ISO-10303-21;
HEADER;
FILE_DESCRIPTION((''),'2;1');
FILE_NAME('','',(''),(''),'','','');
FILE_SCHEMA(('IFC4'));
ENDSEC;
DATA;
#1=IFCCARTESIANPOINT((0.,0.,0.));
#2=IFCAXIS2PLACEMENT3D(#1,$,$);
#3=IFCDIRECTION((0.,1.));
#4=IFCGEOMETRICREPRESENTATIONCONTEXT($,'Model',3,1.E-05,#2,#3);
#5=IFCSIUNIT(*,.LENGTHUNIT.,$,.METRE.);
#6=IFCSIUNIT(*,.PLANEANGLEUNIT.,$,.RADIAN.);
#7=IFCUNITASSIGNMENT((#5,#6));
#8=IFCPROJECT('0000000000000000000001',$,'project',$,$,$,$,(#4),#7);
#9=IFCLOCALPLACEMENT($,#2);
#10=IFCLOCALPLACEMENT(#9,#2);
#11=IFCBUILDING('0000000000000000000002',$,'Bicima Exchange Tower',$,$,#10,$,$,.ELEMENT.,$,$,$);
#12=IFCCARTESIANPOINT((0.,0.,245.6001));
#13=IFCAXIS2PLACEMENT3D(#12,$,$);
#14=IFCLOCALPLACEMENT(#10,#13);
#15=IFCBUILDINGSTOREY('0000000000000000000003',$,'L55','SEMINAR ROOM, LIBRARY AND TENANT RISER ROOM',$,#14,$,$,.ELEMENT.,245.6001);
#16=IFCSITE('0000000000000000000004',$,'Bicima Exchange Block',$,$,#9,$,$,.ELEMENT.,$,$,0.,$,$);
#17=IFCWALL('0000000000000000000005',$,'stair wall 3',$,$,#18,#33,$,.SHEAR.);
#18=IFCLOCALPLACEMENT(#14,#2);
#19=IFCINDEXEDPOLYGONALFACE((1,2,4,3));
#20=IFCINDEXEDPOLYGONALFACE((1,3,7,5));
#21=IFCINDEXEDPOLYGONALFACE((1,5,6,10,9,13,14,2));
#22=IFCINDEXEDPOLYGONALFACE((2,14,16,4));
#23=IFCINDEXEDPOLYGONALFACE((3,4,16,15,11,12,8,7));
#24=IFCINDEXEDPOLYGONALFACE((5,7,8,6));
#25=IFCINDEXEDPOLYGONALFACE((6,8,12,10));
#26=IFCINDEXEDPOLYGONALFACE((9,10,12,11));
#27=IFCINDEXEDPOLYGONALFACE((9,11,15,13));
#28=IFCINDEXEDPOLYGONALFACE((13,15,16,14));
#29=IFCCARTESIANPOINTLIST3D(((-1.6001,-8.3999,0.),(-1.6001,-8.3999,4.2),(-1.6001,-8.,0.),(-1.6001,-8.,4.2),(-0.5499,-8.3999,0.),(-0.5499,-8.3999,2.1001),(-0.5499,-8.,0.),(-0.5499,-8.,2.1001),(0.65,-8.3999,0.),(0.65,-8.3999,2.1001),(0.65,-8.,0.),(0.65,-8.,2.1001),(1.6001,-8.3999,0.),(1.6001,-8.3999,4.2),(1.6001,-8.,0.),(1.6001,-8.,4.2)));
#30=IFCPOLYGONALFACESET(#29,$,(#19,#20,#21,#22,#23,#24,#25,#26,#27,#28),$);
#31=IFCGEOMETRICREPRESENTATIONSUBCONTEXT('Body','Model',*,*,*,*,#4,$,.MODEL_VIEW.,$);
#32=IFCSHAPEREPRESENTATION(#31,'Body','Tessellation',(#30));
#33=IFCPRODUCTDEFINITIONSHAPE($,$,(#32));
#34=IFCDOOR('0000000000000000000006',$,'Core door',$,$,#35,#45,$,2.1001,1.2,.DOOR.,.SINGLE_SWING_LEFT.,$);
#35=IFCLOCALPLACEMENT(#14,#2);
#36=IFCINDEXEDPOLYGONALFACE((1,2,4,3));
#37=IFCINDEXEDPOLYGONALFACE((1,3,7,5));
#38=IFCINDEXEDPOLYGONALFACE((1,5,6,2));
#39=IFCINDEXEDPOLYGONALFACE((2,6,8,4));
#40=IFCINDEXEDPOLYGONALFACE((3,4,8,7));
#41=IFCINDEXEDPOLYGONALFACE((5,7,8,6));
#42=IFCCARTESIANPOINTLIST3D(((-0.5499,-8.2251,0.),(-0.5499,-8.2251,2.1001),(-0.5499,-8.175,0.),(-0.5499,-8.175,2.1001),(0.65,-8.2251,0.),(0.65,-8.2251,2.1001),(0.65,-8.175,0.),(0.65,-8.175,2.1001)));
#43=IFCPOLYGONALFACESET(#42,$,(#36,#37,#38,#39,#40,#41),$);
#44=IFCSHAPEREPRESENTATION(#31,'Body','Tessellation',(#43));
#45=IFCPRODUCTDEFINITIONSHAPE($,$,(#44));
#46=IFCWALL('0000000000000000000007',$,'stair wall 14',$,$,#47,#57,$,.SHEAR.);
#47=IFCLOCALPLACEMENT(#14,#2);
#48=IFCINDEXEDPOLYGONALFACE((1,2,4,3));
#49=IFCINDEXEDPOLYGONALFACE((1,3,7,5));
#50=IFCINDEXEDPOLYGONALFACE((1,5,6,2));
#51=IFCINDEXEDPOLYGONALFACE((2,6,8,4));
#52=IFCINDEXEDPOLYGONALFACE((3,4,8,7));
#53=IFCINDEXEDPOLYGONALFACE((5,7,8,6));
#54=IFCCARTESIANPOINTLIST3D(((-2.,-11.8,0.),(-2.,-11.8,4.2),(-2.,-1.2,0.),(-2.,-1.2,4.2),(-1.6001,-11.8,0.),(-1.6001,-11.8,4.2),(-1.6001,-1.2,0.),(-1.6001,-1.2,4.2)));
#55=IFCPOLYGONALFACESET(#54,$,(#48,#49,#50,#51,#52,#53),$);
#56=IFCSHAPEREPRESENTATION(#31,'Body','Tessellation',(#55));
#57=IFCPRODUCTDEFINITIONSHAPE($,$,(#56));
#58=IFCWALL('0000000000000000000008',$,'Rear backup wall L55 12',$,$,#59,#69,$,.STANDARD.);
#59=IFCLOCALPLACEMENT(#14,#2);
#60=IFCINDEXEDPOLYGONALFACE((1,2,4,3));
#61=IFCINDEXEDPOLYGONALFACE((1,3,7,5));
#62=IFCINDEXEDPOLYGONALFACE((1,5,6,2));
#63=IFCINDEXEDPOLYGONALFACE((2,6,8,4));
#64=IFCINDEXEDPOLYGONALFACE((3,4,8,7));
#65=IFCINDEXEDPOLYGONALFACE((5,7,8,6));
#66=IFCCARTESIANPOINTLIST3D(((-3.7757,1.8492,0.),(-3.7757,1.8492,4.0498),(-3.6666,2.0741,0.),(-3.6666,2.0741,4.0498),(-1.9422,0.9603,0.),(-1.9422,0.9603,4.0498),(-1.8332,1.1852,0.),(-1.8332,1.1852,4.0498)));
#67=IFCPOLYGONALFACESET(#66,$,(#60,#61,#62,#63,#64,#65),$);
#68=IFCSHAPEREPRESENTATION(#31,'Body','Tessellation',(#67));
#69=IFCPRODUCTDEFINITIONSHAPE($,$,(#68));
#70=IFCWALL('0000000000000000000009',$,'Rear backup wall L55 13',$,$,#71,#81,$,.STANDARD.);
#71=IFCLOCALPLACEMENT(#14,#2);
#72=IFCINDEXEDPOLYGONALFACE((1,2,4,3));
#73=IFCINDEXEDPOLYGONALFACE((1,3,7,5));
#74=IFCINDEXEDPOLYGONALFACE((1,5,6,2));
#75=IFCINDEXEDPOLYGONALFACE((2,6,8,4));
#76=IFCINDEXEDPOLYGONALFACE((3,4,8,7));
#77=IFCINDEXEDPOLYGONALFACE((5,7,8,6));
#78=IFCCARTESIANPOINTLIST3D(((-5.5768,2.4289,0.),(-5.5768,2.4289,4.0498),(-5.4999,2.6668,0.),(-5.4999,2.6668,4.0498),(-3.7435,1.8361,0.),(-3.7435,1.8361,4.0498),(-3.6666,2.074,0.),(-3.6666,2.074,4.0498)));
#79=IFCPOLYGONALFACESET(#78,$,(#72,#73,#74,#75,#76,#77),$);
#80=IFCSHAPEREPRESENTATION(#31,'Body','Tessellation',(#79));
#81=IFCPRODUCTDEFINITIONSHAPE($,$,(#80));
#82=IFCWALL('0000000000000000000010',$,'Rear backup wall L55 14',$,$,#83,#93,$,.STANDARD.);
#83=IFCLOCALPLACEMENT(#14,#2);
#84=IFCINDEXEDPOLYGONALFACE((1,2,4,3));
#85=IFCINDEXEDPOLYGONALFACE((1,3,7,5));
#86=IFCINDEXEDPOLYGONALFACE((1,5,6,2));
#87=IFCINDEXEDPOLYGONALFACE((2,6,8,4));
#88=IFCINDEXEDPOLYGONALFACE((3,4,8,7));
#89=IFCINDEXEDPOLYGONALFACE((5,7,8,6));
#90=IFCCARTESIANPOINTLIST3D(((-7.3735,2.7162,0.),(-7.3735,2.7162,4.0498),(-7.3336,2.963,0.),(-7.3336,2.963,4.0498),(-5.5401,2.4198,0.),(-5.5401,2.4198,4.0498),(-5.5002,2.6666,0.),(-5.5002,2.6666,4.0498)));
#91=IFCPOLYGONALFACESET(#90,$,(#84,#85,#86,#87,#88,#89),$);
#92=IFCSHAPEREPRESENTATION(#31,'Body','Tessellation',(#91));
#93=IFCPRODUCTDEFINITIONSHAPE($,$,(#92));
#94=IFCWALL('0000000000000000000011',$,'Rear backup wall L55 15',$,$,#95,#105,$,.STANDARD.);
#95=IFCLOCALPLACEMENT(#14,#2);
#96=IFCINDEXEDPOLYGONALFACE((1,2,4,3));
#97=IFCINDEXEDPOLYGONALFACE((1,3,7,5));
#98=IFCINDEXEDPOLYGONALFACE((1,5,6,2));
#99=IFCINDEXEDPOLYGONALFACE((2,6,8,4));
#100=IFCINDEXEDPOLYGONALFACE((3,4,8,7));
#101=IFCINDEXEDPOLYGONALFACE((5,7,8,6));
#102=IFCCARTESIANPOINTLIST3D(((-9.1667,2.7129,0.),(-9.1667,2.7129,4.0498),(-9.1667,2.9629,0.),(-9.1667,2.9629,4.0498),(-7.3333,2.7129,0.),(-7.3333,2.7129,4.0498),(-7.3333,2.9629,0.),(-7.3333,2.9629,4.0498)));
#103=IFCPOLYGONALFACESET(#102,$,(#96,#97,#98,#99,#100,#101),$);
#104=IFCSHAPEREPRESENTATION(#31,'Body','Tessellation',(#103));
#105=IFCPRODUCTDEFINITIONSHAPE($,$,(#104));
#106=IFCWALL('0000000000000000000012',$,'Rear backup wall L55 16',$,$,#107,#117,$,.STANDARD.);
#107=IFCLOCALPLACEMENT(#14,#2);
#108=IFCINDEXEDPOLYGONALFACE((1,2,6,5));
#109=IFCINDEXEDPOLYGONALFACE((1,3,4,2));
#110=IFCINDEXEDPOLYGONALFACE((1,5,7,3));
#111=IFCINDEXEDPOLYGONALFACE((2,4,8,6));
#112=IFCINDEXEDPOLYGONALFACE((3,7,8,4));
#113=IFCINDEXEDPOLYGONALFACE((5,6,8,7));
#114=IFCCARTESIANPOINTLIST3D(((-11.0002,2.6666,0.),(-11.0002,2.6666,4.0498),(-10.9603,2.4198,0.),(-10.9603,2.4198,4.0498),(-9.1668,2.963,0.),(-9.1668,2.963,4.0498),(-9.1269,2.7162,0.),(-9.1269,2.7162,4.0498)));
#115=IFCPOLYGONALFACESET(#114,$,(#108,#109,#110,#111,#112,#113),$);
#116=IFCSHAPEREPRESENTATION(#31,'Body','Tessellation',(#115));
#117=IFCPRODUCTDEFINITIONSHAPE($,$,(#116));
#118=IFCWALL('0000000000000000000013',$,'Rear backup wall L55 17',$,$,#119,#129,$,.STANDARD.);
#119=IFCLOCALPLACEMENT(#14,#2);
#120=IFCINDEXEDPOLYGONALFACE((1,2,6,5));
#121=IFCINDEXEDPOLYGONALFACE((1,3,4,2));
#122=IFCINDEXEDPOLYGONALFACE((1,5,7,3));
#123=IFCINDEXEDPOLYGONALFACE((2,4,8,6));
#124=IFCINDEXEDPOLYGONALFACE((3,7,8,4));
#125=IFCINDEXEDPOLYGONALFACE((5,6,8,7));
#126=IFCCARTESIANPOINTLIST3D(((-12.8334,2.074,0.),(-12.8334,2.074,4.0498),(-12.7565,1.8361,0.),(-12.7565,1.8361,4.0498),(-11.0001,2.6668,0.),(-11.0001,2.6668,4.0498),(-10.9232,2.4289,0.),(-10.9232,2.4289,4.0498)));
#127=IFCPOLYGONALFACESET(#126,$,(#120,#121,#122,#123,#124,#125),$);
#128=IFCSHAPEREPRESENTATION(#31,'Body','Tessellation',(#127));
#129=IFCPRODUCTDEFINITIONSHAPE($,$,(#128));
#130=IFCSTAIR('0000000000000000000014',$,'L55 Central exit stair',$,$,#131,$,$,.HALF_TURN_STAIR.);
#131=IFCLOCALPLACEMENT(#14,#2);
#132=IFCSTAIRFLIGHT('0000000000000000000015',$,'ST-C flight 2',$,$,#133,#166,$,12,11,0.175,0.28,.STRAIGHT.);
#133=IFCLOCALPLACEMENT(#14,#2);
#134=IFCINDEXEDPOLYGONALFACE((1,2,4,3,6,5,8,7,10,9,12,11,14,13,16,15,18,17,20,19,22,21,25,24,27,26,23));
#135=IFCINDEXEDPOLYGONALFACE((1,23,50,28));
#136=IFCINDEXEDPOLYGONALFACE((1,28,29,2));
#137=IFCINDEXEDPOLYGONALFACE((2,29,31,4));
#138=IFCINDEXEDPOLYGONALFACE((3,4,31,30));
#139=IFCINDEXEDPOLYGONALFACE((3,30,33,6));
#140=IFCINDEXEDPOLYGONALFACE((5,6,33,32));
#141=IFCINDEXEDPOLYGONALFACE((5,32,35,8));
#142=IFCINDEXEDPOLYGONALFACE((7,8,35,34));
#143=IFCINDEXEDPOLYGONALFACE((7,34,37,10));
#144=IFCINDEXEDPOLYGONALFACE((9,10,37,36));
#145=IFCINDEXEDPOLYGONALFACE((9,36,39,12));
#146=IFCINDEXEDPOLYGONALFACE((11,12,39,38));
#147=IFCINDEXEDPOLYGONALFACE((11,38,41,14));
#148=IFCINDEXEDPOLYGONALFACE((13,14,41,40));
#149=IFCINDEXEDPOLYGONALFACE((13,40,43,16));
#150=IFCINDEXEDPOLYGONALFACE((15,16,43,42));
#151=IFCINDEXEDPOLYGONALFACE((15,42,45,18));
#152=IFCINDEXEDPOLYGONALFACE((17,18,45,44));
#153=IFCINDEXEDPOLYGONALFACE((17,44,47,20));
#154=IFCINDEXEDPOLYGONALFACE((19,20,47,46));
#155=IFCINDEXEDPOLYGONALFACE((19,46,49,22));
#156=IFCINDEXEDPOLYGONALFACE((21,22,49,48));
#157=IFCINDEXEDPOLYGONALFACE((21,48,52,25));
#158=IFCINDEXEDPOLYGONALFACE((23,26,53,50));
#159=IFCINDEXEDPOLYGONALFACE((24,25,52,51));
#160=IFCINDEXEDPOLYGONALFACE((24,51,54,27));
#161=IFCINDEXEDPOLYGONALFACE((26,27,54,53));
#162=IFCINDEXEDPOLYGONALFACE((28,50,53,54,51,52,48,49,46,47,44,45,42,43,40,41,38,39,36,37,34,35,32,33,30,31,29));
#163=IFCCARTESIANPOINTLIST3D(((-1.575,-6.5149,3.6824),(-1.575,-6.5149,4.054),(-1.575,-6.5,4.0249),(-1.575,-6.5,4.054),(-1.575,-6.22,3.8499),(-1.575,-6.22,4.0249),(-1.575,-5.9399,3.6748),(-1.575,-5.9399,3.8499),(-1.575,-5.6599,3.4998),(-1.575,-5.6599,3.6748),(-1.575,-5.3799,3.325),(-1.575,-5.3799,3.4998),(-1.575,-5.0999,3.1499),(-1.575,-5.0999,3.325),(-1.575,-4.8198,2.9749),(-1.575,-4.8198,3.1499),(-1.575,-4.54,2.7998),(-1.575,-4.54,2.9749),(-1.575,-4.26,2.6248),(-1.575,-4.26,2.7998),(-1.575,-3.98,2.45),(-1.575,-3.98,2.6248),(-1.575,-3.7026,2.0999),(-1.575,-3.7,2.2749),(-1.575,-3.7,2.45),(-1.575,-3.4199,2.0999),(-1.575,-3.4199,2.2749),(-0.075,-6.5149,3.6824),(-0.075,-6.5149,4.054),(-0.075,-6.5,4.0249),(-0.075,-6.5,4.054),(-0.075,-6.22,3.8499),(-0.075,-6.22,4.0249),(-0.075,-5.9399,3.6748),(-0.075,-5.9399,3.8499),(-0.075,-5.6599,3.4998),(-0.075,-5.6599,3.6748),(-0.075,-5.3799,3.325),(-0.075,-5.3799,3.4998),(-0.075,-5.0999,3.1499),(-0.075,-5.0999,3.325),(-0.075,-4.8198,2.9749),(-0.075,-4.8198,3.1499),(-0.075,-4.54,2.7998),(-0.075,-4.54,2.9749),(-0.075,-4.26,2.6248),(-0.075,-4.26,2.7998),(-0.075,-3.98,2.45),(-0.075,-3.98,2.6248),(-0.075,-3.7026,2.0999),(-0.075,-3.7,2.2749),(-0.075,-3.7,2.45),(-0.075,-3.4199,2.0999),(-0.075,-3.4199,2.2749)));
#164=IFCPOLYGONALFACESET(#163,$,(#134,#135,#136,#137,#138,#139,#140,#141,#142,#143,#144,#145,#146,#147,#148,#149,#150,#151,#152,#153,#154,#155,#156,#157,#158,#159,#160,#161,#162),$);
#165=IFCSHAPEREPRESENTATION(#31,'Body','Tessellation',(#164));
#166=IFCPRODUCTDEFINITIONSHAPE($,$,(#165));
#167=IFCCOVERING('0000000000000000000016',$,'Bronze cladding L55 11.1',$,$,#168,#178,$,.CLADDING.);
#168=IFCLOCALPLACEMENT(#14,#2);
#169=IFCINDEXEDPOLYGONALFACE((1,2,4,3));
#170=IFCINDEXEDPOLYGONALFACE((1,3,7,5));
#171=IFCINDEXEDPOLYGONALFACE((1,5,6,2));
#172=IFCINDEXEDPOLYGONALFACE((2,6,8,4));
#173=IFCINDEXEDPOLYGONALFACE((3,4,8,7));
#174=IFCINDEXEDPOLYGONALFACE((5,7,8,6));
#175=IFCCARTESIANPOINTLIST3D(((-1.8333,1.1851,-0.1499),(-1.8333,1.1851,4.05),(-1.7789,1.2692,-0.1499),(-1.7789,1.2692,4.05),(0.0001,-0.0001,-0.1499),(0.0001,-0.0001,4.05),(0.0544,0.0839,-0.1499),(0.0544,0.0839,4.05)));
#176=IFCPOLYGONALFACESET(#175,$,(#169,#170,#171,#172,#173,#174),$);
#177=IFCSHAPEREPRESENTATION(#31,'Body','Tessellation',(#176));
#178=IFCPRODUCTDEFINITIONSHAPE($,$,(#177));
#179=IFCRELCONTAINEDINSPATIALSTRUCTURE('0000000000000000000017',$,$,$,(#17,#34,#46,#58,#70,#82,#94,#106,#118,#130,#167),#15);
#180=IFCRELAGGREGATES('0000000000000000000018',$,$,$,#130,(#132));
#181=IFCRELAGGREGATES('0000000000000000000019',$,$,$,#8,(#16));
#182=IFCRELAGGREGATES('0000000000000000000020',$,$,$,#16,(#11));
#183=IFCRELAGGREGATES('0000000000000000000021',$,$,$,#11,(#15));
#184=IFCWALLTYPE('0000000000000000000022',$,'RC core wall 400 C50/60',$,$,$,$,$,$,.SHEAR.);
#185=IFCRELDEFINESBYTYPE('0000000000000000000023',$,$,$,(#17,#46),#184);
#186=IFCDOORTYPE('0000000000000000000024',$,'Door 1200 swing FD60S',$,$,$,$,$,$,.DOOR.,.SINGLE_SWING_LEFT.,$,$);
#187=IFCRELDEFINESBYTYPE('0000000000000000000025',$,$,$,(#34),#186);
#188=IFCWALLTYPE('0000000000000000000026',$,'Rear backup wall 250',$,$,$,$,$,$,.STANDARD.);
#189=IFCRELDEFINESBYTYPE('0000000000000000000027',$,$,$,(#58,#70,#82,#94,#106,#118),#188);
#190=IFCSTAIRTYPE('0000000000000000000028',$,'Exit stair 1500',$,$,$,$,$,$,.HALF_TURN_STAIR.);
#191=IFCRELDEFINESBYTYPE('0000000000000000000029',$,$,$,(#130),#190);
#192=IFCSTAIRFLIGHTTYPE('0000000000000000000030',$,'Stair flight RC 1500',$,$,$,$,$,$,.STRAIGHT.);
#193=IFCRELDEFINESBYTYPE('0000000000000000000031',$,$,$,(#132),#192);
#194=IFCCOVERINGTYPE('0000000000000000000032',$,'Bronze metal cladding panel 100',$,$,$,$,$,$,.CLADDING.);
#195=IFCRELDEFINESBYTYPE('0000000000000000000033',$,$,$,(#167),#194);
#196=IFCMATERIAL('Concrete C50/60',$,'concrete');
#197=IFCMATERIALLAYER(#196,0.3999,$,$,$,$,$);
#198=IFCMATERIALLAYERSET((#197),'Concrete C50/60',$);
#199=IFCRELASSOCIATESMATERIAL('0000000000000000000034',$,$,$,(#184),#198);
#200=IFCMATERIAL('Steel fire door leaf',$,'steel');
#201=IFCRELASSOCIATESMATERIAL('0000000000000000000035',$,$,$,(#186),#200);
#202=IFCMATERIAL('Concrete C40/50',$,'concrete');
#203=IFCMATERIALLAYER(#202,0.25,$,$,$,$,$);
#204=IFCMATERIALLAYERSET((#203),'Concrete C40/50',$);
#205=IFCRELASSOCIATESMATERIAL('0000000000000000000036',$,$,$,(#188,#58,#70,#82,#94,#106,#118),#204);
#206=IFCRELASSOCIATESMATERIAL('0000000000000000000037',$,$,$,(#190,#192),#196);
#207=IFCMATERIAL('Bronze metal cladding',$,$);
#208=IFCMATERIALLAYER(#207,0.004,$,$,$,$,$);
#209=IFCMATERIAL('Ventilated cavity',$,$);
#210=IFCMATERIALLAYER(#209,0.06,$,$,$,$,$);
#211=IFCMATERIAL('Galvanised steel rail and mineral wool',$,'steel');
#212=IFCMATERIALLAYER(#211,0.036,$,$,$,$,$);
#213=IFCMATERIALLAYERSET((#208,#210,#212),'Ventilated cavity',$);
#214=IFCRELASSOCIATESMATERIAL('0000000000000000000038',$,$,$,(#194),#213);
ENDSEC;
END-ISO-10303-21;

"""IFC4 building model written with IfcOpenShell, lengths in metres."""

from ifc_helpers import new_model, si_unit, direction, frame, frame_2d, origin, origin_2d, place, context, subcontext, project, spatial, polyline, rectangle, outline, extrude, material, layer, layer_set, layer_usage, type_object, element, fill, aggregate, save


model = new_model("IFC4")

# Units and contexts
model_context = context("Model", 3, precision=1e-05, world=origin(), true_north=direction((0.0, 1.0)))
body_context = subcontext(model_context, "Body", "Model", "MODEL_VIEW")
ifc_project = project(units=[si_unit("LENGTHUNIT", "METRE"), si_unit("PLANEANGLEUNIT", "RADIAN")], contexts=[model_context])

# Site, building, storey
site_placement = place(None, origin())
site = spatial("IfcSite", under=ifc_project, at=site_placement, Name="Bicima Exchange Block", CompositionType="ELEMENT", RefElevation=0.0)
building_placement = place(site_placement, origin())
building = spatial("IfcBuilding", under=site, at=building_placement, Name="Bicima Exchange Tower", CompositionType="ELEMENT")
storey_placement = place(building_placement, frame((0.0, 0.0, 245.6001)))
storey = spatial("IfcBuildingStorey", under=building, at=storey_placement, Name="L55", Description="SEMINAR ROOM, LIBRARY AND TENANT RISER ROOM", CompositionType="ELEMENT", Elevation=245.6001)

# Wall, opening, door
ifc_material_1 = material(Name="Concrete C40/50", Category="concrete")
ifc_material_2 = material(Name="Steel fire door leaf", Category="steel")
ifc_material_3 = material(Name="Concrete C50/60", Category="concrete")
ifc_layer_1 = layer(ifc_material_3, 0.3999)
ifc_layer_set_1 = layer_set([ifc_layer_1], Name="Concrete C50/60")
wall_type_1 = type_object("IfcWallType", Name="RC core wall 400 C50/60", PredefinedType="SHEAR", material=ifc_layer_set_1)
wall_1_placement = place(storey_placement, frame((-1.6001, -8.2, 0.0), z_axis=(0.0, 0.0, 1.0), x_axis=(1.0, 0.0, 0.0)))
wall_1 = element("IfcWall", 1, at=wall_1_placement, inside=storey, type_object=wall_type_1, Name="stair wall 3", PredefinedType="SHEAR", context=body_context, shape_type="SweptSolid", body=[
    extrude(rectangle(XDim=3.2002, YDim=0.3999, at=frame_2d((1.6001, 0.0))), origin(), (0.0, 0.0, 1.0), 4.2),
])
opening_1_placement = place(wall_1_placement, frame((1.05, 0.0, 0.0)))
opening_1 = element("IfcOpeningElement", 2, at=opening_1_placement, cuts=wall_1, PredefinedType="OPENING", context=body_context, shape_type="SweptSolid", body=[
    extrude(rectangle(XDim=1.2, YDim=2.1001, at=frame_2d((0.6001, 1.05))), frame((0.0, 0.2119, 0.0), z_axis=(0.0, -1.0, 0.0), x_axis=(1.0, 0.0, 0.0)), (0.0, 0.0, 1.0), 0.4238),
])
door_type_1 = type_object("IfcDoorType", Name="Door 1200 swing FD60S", OperationType="SINGLE_SWING_LEFT", PredefinedType="DOOR", material=ifc_material_2)
door_1_placement = place(opening_1_placement, origin())
door_1 = element("IfcDoor", 3, at=door_1_placement, inside=storey, type_object=door_type_1, Name="Core door", OperationType="SINGLE_SWING_LEFT", OverallHeight=2.1001, OverallWidth=1.2, PredefinedType="DOOR", context=body_context, shape_type="SweptSolid", body=[
    extrude(rectangle(XDim=1.2, YDim=2.1001, at=frame_2d((0.6001, 1.05))), frame((0.0, 0.0249, 0.0), z_axis=(0.0, -1.0, 0.0), x_axis=(1.0, 0.0, 0.0)), (0.0, 0.0, 1.0), 0.05),
])
fill(opening_1, door_1)

# Walls
wall_2_placement = place(storey_placement, frame((-1.8, -11.8, 0.0), z_axis=(0.0, 0.0, 1.0), x_axis=(0.0, 1.0, 0.0)))
element("IfcWall", 4, at=wall_2_placement, inside=storey, type_object=wall_type_1, Name="stair wall 14", PredefinedType="SHEAR", context=body_context, shape_type="SweptSolid", body=[
    extrude(rectangle(XDim=10.6001, YDim=0.3999, at=frame_2d((5.3, 0.0))), origin(), (0.0, 0.0, 1.0), 4.2),
])
ifc_layer_2 = layer(ifc_material_1, 0.25)
ifc_layer_set_2 = layer_set([ifc_layer_2], Name="Concrete C40/50")
ifc_layer_usage = layer_usage(ifc_layer_set_2, "AXIS2", "POSITIVE", -0.125)
wall_type_2 = type_object("IfcWallType", Name="Rear backup wall 250", PredefinedType="STANDARD", material=ifc_layer_set_2)
wall_3_placement = place(storey_placement, frame((-1.8877, 1.0728, 0.0), z_axis=(0.0, 0.0, 1.0), x_axis=(-0.899824, 0.436253, 0.0)))
element("IfcWall", 5, at=wall_3_placement, inside=storey, type_object=wall_type_2, material=ifc_layer_usage, Name="Rear backup wall L55 12", PredefinedType="STANDARD", context=body_context, shape_type="SweptSolid", body=[
    extrude(rectangle(XDim=2.0376, YDim=0.25, at=frame_2d((1.0188, 0.0))), origin(), (0.0, 0.0, 1.0), 4.0498),
])
wall_4_placement = place(storey_placement, frame((-3.7051, 1.9551, 0.0), z_axis=(0.0, 0.0, 1.0), x_axis=(-0.951496, 0.307662, 0.0)))
element("IfcWall", 6, at=wall_4_placement, inside=storey, type_object=wall_type_2, material=ifc_layer_usage, Name="Rear backup wall L55 13", PredefinedType="STANDARD", context=body_context, shape_type="SweptSolid", body=[
    extrude(rectangle(XDim=1.9268, YDim=0.25, at=frame_2d((0.9634, 0.0))), origin(), (0.0, 0.0, 1.0), 4.0498),
])
wall_5_placement = place(storey_placement, frame((-5.52, 2.5432, 0.0), z_axis=(0.0, 0.0, 1.0), x_axis=(-0.987182, 0.1596, 0.0)))
element("IfcWall", 7, at=wall_5_placement, inside=storey, type_object=wall_type_2, material=ifc_layer_usage, Name="Rear backup wall L55 14", PredefinedType="STANDARD", context=body_context, shape_type="SweptSolid", body=[
    extrude(rectangle(XDim=1.8572, YDim=0.25, at=frame_2d((0.9287, 0.0))), origin(), (0.0, 0.0, 1.0), 4.0498),
])
wall_6_placement = place(storey_placement, frame((-7.3333, 2.8379, 0.0), z_axis=(0.0, 0.0, 1.0), x_axis=(-1.0, 0.0, 0.0)))
element("IfcWall", 8, at=wall_6_placement, inside=storey, type_object=wall_type_2, material=ifc_layer_usage, Name="Rear backup wall L55 15", PredefinedType="STANDARD", context=body_context, shape_type="SweptSolid", body=[
    extrude(rectangle(XDim=1.8335, YDim=0.25, at=frame_2d((0.9167, 0.0))), origin(), (0.0, 0.0, 1.0), 4.0498),
])
wall_7_placement = place(storey_placement, frame((-9.1467, 2.8396, 0.0), z_axis=(0.0, 0.0, 1.0), x_axis=(-0.987182, -0.1596, 0.0)))
element("IfcWall", 9, at=wall_7_placement, inside=storey, type_object=wall_type_2, material=ifc_layer_usage, Name="Rear backup wall L55 16", PredefinedType="STANDARD", context=body_context, shape_type="SweptSolid", body=[
    extrude(rectangle(XDim=1.8572, YDim=0.25, at=frame_2d((0.9287, 0.0))), origin(), (0.0, 0.0, 1.0), 4.0498),
])
wall_8_placement = place(storey_placement, frame((-10.9617, 2.5479, 0.0), z_axis=(0.0, 0.0, 1.0), x_axis=(-0.951496, -0.307662, 0.0)))
element("IfcWall", 10, at=wall_8_placement, inside=storey, type_object=wall_type_2, material=ifc_layer_usage, Name="Rear backup wall L55 17", PredefinedType="STANDARD", context=body_context, shape_type="SweptSolid", body=[
    extrude(rectangle(XDim=1.9268, YDim=0.25, at=frame_2d((0.9634, 0.0))), origin(), (0.0, 0.0, 1.0), 4.0498),
])

# Stair, stair flight
stair_type = type_object("IfcStairType", Name="Exit stair 1500", PredefinedType="HALF_TURN_STAIR", material=ifc_material_3)
stair_placement = place(storey_placement, origin())
stair = element("IfcStair", 11, at=stair_placement, inside=storey, type_object=stair_type, Name="L55 Central exit stair", PredefinedType="HALF_TURN_STAIR")
stair_flight_type = type_object("IfcStairFlightType", Name="Stair flight RC 1500", PredefinedType="STRAIGHT", material=ifc_material_3)
stair_flight_placement = place(storey_placement, frame((-0.825, -3.4199, 2.0999), z_axis=(0.0, 0.0, 1.0), x_axis=(0.0, -1.0, 0.0)))
stair_flight = element("IfcStairFlight", 12, at=stair_flight_placement, type_object=stair_flight_type, Name="ST-C flight 2", NumberOfRisers=12, NumberOfTreads=11, PredefinedType="STRAIGHT", RiserHeight=0.175, TreadLength=0.28, context=body_context, shape_type="SweptSolid", body=[
    extrude(outline(polyline([(0.0, 0.0), (0.0, 0.175), (0.28, 0.175), (0.28, 0.3501), (0.5601, 0.3501), (0.5601, 0.5249), (0.8401, 0.5249), (0.8401, 0.7), (1.1201, 0.7), (1.1201, 0.875), (1.3999, 0.875), (1.3999, 1.05), (1.6799, 1.05), (1.6799, 1.2251), (1.96, 1.2251), (1.96, 1.3999), (2.24, 1.3999), (2.24, 1.575), (2.52, 1.575), (2.52, 1.75), (2.8, 1.75), (2.8, 1.925), (3.0801, 1.925), (3.0801, 1.9541), (3.095, 1.9541), (3.095, 1.5825), (0.2827, 0.0), (0.0, 0.0)])), frame((0.0, 0.75, 0.0), z_axis=(0.0, -1.0, 0.0), x_axis=(1.0, 0.0, 0.0)), (0.0, 0.0, 1.0), 1.5),
])
aggregate(stair, [stair_flight])

# Covering
ifc_material_4 = material(Name="Bronze metal cladding")
ifc_layer_3 = layer(ifc_material_4, 0.004)
ifc_material_5 = material(Name="Ventilated cavity")
ifc_layer_4 = layer(ifc_material_5, 0.06)
ifc_material_6 = material(Name="Galvanised steel rail and mineral wool", Category="steel")
ifc_layer_5 = layer(ifc_material_6, 0.036)
ifc_layer_set_3 = layer_set([ifc_layer_3, ifc_layer_4, ifc_layer_5], Name="Ventilated cavity")
covering_type = type_object("IfcCoveringType", Name="Bronze metal cladding panel 100", PredefinedType="CLADDING", material=ifc_layer_set_3)
covering_1_placement = place(storey_placement, frame((-0.8894, 0.6345, -0.1499), z_axis=(0.0, 0.0, 1.0), x_axis=(-0.83979, 0.542911, 0.0)))
element("IfcCovering", 13, at=covering_1_placement, inside=storey, type_object=covering_type, Name="Bronze cladding L55 11.1", PredefinedType="CLADDING", context=body_context, shape_type="SweptSolid", body=[
    extrude(rectangle(XDim=2.1831, YDim=0.1001, at=origin_2d()), origin(), (0.0, 0.0, 1.0), 4.2),
])

save(model, "model.ifc")
